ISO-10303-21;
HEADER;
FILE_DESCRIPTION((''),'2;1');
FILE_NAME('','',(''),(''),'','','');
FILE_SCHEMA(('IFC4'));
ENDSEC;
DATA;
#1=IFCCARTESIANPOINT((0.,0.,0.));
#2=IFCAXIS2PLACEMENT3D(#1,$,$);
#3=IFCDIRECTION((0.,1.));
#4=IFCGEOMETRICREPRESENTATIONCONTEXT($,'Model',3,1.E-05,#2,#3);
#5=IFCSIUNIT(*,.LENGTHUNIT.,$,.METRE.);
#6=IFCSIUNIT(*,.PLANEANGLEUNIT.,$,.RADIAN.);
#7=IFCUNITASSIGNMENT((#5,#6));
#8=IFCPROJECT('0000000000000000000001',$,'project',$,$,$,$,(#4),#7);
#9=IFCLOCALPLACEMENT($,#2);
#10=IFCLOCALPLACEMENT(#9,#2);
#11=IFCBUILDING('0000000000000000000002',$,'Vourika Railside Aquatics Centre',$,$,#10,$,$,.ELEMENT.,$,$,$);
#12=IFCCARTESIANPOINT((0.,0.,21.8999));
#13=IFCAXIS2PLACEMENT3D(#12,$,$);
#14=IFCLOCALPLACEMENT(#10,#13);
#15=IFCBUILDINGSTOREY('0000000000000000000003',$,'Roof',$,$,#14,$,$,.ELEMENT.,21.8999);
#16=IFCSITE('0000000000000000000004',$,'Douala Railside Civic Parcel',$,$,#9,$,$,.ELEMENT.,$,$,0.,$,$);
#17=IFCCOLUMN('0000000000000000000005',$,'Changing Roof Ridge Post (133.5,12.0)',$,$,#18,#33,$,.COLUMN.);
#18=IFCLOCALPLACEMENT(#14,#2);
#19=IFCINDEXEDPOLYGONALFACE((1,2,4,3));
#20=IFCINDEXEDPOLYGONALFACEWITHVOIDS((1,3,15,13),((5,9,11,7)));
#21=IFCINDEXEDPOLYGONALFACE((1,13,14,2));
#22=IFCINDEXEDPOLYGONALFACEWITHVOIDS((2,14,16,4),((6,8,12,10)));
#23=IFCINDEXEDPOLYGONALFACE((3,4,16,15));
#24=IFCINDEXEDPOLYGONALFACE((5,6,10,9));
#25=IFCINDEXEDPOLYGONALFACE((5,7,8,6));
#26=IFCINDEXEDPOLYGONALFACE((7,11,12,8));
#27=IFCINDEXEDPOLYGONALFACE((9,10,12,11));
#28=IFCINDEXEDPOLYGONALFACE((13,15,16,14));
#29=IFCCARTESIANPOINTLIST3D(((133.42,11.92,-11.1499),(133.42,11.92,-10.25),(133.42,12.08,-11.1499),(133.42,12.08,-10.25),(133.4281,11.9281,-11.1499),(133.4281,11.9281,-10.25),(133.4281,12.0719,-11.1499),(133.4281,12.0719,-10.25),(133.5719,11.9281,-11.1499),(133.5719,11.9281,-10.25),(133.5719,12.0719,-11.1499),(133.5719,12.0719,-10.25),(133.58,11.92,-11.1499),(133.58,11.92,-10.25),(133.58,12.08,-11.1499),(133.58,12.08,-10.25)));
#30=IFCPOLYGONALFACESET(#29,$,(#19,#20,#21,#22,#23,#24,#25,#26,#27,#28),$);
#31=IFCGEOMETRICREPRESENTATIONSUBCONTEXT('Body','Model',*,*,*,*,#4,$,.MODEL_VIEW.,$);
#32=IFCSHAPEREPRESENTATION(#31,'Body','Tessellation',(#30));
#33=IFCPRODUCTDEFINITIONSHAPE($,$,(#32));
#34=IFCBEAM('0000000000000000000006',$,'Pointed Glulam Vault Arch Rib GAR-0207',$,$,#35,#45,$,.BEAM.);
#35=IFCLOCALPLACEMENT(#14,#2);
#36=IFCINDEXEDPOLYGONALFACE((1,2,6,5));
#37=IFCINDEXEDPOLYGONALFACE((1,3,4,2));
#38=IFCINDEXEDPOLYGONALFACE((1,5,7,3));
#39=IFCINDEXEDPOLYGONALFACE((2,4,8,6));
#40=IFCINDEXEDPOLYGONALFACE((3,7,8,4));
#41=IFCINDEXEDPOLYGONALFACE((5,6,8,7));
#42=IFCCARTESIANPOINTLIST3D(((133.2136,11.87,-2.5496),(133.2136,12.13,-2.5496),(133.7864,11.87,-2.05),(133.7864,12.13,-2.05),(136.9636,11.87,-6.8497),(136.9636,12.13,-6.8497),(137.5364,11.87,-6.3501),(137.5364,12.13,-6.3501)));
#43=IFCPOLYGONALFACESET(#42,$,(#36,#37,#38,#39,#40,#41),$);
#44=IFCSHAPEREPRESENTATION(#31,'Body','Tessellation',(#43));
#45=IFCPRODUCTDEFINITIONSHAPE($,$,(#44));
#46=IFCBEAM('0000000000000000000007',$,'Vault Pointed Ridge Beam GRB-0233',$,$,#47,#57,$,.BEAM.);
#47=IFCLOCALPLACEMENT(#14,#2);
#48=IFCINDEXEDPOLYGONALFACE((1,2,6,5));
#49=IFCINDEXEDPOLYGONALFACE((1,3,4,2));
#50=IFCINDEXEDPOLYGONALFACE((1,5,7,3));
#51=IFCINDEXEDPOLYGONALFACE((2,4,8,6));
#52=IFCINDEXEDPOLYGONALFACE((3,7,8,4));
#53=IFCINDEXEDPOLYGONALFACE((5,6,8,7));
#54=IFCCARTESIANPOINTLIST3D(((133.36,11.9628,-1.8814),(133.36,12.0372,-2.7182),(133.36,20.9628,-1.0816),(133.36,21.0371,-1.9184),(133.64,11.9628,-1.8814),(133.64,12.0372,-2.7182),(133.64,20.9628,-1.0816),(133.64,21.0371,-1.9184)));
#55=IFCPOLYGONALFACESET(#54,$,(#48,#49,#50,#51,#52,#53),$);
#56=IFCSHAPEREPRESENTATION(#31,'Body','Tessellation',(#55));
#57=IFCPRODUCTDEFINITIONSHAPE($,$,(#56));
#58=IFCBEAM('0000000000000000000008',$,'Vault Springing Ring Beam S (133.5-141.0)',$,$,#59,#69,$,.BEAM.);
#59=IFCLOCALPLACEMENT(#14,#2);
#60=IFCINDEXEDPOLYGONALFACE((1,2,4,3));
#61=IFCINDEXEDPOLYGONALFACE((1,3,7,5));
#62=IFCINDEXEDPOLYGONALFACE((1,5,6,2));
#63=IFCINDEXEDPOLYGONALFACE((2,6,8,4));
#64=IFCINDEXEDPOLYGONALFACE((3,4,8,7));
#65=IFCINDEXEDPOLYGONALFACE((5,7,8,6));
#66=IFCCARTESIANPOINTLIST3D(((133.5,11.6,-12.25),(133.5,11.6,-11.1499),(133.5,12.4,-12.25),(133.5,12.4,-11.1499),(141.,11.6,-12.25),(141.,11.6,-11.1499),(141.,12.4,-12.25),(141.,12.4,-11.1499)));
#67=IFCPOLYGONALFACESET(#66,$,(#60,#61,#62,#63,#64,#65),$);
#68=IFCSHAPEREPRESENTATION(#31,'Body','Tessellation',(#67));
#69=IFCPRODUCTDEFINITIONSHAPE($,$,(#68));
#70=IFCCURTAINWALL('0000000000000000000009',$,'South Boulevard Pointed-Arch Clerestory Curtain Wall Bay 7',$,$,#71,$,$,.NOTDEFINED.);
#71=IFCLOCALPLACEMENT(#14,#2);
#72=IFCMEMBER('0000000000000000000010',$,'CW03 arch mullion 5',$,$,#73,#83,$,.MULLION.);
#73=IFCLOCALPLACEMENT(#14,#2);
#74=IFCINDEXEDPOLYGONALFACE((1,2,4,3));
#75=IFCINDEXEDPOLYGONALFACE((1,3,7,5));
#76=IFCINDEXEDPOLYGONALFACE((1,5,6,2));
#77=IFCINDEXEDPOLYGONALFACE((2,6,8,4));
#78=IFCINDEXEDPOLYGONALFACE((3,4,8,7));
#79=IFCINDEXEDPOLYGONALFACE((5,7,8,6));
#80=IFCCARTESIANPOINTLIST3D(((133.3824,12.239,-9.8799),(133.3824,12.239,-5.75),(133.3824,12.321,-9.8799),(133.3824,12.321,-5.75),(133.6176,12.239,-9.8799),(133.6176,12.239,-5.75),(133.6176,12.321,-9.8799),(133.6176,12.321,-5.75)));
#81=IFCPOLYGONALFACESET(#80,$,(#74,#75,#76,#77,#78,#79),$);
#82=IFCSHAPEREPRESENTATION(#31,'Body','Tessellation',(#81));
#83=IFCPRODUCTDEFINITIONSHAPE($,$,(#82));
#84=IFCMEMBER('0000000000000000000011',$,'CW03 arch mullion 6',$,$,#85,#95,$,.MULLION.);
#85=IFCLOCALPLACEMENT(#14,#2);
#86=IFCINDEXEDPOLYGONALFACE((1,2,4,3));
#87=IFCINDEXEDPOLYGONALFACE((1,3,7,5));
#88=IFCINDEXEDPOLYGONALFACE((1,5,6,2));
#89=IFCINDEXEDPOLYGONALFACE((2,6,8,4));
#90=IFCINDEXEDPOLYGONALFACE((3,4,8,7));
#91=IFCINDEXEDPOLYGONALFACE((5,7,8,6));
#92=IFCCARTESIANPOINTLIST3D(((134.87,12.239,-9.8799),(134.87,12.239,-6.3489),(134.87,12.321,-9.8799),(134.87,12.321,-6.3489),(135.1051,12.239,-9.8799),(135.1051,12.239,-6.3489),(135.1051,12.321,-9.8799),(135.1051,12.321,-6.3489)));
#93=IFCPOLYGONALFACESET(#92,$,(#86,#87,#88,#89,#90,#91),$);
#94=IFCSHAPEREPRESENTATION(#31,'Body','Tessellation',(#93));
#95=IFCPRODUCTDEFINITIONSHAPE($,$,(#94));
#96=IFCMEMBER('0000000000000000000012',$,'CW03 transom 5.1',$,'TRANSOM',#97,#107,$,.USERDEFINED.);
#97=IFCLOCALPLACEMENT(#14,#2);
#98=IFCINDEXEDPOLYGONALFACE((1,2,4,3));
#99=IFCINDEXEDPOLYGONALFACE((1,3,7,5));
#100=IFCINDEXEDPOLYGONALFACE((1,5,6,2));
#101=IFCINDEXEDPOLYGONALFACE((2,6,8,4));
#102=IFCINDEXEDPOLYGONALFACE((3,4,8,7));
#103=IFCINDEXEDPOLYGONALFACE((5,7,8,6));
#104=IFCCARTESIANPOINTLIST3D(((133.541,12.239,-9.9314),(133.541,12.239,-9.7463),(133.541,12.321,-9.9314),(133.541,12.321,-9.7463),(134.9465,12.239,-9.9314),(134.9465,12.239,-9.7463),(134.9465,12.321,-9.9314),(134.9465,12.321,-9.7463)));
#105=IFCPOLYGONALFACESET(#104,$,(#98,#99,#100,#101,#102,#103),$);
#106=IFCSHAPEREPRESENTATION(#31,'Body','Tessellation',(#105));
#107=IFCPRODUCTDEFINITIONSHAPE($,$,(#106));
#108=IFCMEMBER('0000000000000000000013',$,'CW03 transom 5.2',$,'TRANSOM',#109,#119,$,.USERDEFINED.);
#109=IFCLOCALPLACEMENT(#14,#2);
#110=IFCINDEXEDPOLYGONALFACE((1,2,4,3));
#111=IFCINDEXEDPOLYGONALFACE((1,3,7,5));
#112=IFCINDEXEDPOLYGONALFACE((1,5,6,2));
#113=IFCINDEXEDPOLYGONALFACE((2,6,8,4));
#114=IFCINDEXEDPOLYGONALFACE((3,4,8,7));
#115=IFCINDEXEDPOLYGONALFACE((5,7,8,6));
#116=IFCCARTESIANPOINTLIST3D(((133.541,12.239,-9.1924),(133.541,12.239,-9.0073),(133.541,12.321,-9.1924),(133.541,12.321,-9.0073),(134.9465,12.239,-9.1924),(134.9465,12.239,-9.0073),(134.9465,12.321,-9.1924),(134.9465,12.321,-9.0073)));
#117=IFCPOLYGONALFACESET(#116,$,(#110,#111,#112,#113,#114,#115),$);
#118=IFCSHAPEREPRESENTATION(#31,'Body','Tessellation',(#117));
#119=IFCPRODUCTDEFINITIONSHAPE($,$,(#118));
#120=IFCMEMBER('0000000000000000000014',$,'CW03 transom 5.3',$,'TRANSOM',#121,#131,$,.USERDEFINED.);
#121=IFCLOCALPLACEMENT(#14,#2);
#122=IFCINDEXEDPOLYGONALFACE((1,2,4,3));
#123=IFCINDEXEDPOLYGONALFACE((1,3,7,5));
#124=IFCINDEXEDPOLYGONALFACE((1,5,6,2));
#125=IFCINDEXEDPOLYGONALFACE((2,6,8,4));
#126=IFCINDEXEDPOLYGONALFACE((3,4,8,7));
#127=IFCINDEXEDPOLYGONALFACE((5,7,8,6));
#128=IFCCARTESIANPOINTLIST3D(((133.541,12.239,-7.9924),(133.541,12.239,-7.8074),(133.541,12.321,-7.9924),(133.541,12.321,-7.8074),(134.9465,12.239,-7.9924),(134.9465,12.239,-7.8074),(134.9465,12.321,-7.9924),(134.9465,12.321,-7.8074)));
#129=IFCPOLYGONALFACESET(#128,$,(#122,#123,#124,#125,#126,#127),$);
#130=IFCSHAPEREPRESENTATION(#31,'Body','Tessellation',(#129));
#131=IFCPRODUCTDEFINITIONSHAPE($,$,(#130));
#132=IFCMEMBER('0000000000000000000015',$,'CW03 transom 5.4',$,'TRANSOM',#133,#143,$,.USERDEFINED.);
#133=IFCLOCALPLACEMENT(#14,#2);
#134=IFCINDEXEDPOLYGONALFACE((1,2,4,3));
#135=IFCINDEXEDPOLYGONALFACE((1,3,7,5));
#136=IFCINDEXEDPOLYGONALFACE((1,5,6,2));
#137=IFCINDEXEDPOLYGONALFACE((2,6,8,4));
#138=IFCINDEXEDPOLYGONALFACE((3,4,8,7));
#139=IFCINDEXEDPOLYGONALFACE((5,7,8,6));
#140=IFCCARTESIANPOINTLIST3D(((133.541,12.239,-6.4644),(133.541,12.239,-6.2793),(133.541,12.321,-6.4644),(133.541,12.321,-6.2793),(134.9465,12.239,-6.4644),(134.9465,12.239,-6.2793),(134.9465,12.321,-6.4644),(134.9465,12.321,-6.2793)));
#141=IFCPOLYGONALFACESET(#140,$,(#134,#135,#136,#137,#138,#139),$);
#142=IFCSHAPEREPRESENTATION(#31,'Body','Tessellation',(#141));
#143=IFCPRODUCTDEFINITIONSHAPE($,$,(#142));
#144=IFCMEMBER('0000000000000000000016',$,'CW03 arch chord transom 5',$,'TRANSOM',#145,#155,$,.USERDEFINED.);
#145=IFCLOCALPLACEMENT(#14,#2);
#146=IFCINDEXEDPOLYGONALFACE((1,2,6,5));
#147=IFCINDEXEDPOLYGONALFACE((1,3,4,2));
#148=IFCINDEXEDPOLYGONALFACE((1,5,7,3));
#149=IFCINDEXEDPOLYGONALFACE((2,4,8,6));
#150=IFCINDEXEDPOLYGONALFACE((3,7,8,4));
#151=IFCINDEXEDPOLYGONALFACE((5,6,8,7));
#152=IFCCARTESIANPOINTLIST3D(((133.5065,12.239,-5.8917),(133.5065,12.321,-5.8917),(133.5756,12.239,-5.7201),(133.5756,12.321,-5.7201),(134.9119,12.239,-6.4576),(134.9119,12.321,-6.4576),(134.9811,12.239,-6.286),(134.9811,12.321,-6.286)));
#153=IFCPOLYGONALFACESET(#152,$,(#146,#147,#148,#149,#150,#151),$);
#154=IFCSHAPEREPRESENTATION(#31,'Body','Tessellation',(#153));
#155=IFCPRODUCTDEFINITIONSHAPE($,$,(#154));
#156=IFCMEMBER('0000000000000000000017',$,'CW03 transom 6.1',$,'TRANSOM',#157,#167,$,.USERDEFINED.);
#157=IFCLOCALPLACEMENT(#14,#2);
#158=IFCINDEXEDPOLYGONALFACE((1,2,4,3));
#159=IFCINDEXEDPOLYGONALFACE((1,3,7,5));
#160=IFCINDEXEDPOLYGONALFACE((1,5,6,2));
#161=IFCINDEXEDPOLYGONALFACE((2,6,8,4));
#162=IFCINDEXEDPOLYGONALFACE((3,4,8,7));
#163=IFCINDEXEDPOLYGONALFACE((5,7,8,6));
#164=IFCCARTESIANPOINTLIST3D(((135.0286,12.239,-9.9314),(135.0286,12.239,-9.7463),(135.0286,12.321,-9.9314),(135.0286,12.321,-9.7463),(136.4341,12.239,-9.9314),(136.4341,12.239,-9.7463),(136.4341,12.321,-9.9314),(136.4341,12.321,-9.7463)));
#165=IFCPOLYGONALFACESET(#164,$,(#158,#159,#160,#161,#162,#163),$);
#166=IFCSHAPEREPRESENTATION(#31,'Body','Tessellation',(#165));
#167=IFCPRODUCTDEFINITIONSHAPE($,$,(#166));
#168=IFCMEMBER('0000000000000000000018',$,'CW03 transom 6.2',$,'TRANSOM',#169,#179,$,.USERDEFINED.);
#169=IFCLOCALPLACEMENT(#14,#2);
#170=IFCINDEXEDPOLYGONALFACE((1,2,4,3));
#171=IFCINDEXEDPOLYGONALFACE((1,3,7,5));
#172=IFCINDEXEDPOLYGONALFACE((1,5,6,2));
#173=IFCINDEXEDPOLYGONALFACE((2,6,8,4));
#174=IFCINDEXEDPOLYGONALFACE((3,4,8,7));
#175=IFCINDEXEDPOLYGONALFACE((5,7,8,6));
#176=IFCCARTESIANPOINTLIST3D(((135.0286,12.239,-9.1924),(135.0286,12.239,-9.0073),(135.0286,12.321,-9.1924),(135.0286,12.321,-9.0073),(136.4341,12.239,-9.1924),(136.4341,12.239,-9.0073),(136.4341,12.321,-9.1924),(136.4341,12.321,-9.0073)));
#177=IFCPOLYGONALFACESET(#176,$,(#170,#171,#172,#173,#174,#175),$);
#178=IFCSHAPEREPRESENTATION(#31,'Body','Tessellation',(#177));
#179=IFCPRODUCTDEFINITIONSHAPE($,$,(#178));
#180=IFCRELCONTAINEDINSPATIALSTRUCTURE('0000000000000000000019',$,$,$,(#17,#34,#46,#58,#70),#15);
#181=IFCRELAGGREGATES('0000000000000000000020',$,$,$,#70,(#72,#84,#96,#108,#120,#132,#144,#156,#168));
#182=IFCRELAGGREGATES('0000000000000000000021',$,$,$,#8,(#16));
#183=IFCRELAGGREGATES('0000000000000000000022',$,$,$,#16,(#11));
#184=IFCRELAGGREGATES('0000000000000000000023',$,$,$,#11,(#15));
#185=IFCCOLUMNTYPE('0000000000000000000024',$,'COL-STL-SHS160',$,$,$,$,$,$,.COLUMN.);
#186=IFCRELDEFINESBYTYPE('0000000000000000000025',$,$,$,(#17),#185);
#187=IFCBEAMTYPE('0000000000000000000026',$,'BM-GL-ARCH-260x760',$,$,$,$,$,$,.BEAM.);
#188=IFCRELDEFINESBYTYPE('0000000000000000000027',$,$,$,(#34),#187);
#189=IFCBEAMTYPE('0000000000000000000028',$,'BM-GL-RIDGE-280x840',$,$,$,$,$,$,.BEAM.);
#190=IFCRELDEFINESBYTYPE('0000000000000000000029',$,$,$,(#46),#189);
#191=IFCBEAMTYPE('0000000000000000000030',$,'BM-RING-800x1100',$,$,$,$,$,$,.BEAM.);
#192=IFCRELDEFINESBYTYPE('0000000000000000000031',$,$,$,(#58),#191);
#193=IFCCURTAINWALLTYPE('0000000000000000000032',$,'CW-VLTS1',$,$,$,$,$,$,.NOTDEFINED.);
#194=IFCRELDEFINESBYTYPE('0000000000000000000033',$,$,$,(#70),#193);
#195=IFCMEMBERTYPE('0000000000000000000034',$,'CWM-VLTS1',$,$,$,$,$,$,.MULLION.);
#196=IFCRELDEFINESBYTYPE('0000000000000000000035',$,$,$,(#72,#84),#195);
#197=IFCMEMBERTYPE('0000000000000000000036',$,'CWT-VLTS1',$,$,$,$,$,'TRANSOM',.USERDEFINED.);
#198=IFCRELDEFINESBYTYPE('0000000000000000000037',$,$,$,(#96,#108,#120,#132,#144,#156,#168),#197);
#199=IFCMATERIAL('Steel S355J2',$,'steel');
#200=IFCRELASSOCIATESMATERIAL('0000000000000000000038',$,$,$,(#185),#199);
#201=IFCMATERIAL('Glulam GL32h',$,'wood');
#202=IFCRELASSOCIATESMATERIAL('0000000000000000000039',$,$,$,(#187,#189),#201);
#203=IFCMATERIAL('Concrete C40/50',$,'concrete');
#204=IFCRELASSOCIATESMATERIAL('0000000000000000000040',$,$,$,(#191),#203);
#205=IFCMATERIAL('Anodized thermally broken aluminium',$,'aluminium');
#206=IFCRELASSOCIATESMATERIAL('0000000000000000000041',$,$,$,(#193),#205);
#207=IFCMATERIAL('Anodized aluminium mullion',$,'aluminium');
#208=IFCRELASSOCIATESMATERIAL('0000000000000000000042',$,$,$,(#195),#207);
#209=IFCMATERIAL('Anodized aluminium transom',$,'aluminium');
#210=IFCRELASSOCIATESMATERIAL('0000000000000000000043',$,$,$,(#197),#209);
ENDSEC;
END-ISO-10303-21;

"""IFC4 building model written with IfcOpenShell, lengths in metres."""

from ifc_helpers import new_model, si_unit, direction, frame, origin, origin_2d, place, context, subcontext, project, spatial, rectangle, hollow_rectangle, extrude, material, material_profile, profile_set, type_object, element, aggregate, save


model = new_model("IFC4")

# Units and contexts
model_context = context("Model", 3, precision=1e-05, world=origin(), true_north=direction((0.0, 1.0)))
body_context = subcontext(model_context, "Body", "Model", "MODEL_VIEW")
ifc_project = project(units=[si_unit("LENGTHUNIT", "METRE"), si_unit("PLANEANGLEUNIT", "RADIAN")], contexts=[model_context])

# Site, building, storey
site_placement = place(None, origin())
site = spatial("IfcSite", under=ifc_project, at=site_placement, Name="Douala Railside Civic Parcel", CompositionType="ELEMENT", RefElevation=0.0)
building_placement = place(site_placement, origin())
building = spatial("IfcBuilding", under=site, at=building_placement, Name="Vourika Railside Aquatics Centre", CompositionType="ELEMENT")
storey_placement = place(building_placement, frame((0.0, 0.0, 21.8999)))
storey = spatial("IfcBuildingStorey", under=building, at=storey_placement, Name="Roof", CompositionType="ELEMENT", Elevation=21.8999)

# Column
ifc_material_1 = material(Name="Steel S355J2", Category="steel")
ifc_material_profile_1 = material_profile(ifc_material_1, hollow_rectangle(XDim=0.1599, YDim=0.1599, WallThickness=0.0081, at=origin_2d()), Name="SHS 160x160x8")
ifc_profile_set_1 = profile_set([ifc_material_profile_1], Name="Steel S355J2")
column_type = type_object("IfcColumnType", Name="COL-STL-SHS160", PredefinedType="COLUMN", material=ifc_profile_set_1)
column_placement = place(storey_placement, frame((133.5, 12.0, -11.1499), z_axis=(0.0, 0.0, 1.0), x_axis=(1.0, 0.0, 0.0)))
element("IfcColumn", 1, at=column_placement, inside=storey, type_object=column_type, Name="Changing Roof Ridge Post (133.5,12.0)", PredefinedType="COLUMN", context=body_context, shape_type="SweptSolid", body=[
    extrude(hollow_rectangle(XDim=0.1599, YDim=0.1599, WallThickness=0.0081, at=origin_2d()), origin(), (0.0, 0.0, 1.0), 0.8999),
])

# Beams
ifc_material_2 = material(Name="Glulam GL32h", Category="wood")
ifc_material_profile_2 = material_profile(ifc_material_2, rectangle(XDim=0.26, YDim=0.76, at=origin_2d()), Name="GL32h 260x760")
ifc_profile_set_2 = profile_set([ifc_material_profile_2], Name="Glulam GL32h")
beam_type_1 = type_object("IfcBeamType", Name="BM-GL-ARCH-260x760", PredefinedType="BEAM", material=ifc_profile_set_2)
beam_1_placement = place(storey_placement, frame((133.5, 12.0, -2.2998), z_axis=(0.657259, 0.0, -0.753665), x_axis=(0.0, 1.0, 0.0)))
element("IfcBeam", 2, at=beam_1_placement, inside=storey, type_object=beam_type_1, Name="Pointed Glulam Vault Arch Rib GAR-0207", PredefinedType="BEAM", context=body_context, shape_type="SweptSolid", body=[
    extrude(rectangle(XDim=0.26, YDim=0.76, at=origin_2d()), origin(), (0.0, 0.0, 1.0), 5.7056),
])
ifc_material_profile_3 = material_profile(ifc_material_2, rectangle(XDim=0.28, YDim=0.8401, at=origin_2d()), Name="GL32h 280x840")
ifc_profile_set_3 = profile_set([ifc_material_profile_3], Name="Glulam GL32h")
beam_type_2 = type_object("IfcBeamType", Name="BM-GL-RIDGE-280x840", PredefinedType="BEAM", material=ifc_profile_set_3)
beam_2_placement = place(storey_placement, frame((133.5, 12.0, -2.2998), z_axis=(0.0, 0.996075, 0.088518), x_axis=(-1.0, 0.0, 0.0)))
element("IfcBeam", 3, at=beam_2_placement, inside=storey, type_object=beam_type_2, Name="Vault Pointed Ridge Beam GRB-0233", PredefinedType="BEAM", context=body_context, shape_type="SweptSolid", body=[
    extrude(rectangle(XDim=0.28, YDim=0.8401, at=origin_2d()), origin(), (0.0, 0.0, 1.0), 9.0354),
])
ifc_material_3 = material(Name="Concrete C40/50", Category="concrete")
ifc_material_profile_4 = material_profile(ifc_material_3, rectangle(XDim=0.8, YDim=1.1001, at=origin_2d()), Name="RC 800x1100")
ifc_profile_set_4 = profile_set([ifc_material_profile_4], Name="Concrete C40/50")
beam_type_3 = type_object("IfcBeamType", Name="BM-RING-800x1100", PredefinedType="BEAM", material=ifc_profile_set_4)
beam_3_placement = place(storey_placement, frame((133.5, 12.0, -11.7), z_axis=(1.0, 0.0, 0.0), x_axis=(0.0, 1.0, 0.0)))
element("IfcBeam", 4, at=beam_3_placement, inside=storey, type_object=beam_type_3, Name="Vault Springing Ring Beam S (133.5-141.0)", PredefinedType="BEAM", context=body_context, shape_type="SweptSolid", body=[
    extrude(rectangle(XDim=0.8, YDim=1.1001, at=origin_2d()), origin(), (0.0, 0.0, 1.0), 7.5),
])

# Curtain wall, members
ifc_material_4 = material(Name="Anodized thermally broken aluminium", Category="aluminium")
curtain_wall_type = type_object("IfcCurtainWallType", Name="CW-VLTS1", PredefinedType="NOTDEFINED", material=ifc_material_4)
curtain_wall_placement = place(storey_placement, origin())
curtain_wall = element("IfcCurtainWall", 5, at=curtain_wall_placement, inside=storey, type_object=curtain_wall_type, Name="South Boulevard Pointed-Arch Clerestory Curtain Wall Bay 7", PredefinedType="NOTDEFINED")
ifc_material_5 = material(Name="Anodized aluminium mullion", Category="aluminium")
ifc_material_profile_5 = material_profile(ifc_material_5, rectangle(XDim=0.082, YDim=0.2351, at=origin_2d()), Name="ALU-M 82x235")
ifc_profile_set_5 = profile_set([ifc_material_profile_5], Name="Anodized aluminium mullion")
member_type_1 = type_object("IfcMemberType", Name="CWM-VLTS1", PredefinedType="MULLION", material=ifc_profile_set_5)
member_1_placement = place(storey_placement, frame((133.5, 12.28, -9.8799), z_axis=(0.0, 0.0, 1.0), x_axis=(0.0, 1.0, 0.0)))
member_1 = element("IfcMember", 6, at=member_1_placement, type_object=member_type_1, Name="CW03 arch mullion 5", PredefinedType="MULLION", context=body_context, shape_type="SweptSolid", body=[
    extrude(rectangle(XDim=0.082, YDim=0.2351, at=origin_2d()), origin(), (0.0, 0.0, 1.0), 4.1299),
])
member_2_placement = place(storey_placement, frame((134.9875, 12.28, -9.8799), z_axis=(0.0, 0.0, 1.0), x_axis=(0.0, 1.0, 0.0)))
member_2 = element("IfcMember", 7, at=member_2_placement, type_object=member_type_1, Name="CW03 arch mullion 6", PredefinedType="MULLION", context=body_context, shape_type="SweptSolid", body=[
    extrude(rectangle(XDim=0.082, YDim=0.2351, at=origin_2d()), origin(), (0.0, 0.0, 1.0), 3.531),
])
ifc_material_6 = material(Name="Anodized aluminium transom", Category="aluminium")
ifc_material_profile_6 = material_profile(ifc_material_6, rectangle(XDim=0.082, YDim=0.1851, at=origin_2d()), Name="ALU-T 82x185")
ifc_profile_set_6 = profile_set([ifc_material_profile_6], Name="Anodized aluminium transom")
member_type_2 = type_object("IfcMemberType", Name="CWT-VLTS1", ElementType="TRANSOM", PredefinedType="USERDEFINED", material=ifc_profile_set_6)
member_3_placement = place(storey_placement, frame((133.541, 12.28, -9.8389), z_axis=(1.0, 0.0, 0.0), x_axis=(0.0, 1.0, 0.0)))
member_3 = element("IfcMember", 8, at=member_3_placement, type_object=member_type_2, Name="CW03 transom 5.1", ObjectType="TRANSOM", PredefinedType="USERDEFINED", context=body_context, shape_type="SweptSolid", body=[
    extrude(rectangle(XDim=0.082, YDim=0.1851, at=origin_2d()), origin(), (0.0, 0.0, 1.0), 1.4055),
])
member_4_placement = place(storey_placement, frame((133.541, 12.28, -9.0999), z_axis=(1.0, 0.0, 0.0), x_axis=(0.0, 1.0, 0.0)))
member_4 = element("IfcMember", 9, at=member_4_placement, type_object=member_type_2, Name="CW03 transom 5.2", ObjectType="TRANSOM", PredefinedType="USERDEFINED", context=body_context, shape_type="SweptSolid", body=[
    extrude(rectangle(XDim=0.082, YDim=0.1851, at=origin_2d()), origin(), (0.0, 0.0, 1.0), 1.4055),
])
member_5_placement = place(storey_placement, frame((133.541, 12.28, -7.8999), z_axis=(1.0, 0.0, 0.0), x_axis=(0.0, 1.0, 0.0)))
member_5 = element("IfcMember", 10, at=member_5_placement, type_object=member_type_2, Name="CW03 transom 5.3", ObjectType="TRANSOM", PredefinedType="USERDEFINED", context=body_context, shape_type="SweptSolid", body=[
    extrude(rectangle(XDim=0.082, YDim=0.1851, at=origin_2d()), origin(), (0.0, 0.0, 1.0), 1.4055),
])
member_6_placement = place(storey_placement, frame((133.541, 12.28, -6.3718), z_axis=(1.0, 0.0, 0.0), x_axis=(0.0, 1.0, 0.0)))
member_6 = element("IfcMember", 11, at=member_6_placement, type_object=member_type_2, Name="CW03 transom 5.4", ObjectType="TRANSOM", PredefinedType="USERDEFINED", context=body_context, shape_type="SweptSolid", body=[
    extrude(rectangle(XDim=0.082, YDim=0.1851, at=origin_2d()), origin(), (0.0, 0.0, 1.0), 1.4055),
])
member_7_placement = place(storey_placement, frame((133.541, 12.28, -5.8059), z_axis=(0.92763, 0.0, -0.373501), x_axis=(0.0, 1.0, 0.0)))
member_7 = element("IfcMember", 12, at=member_7_placement, type_object=member_type_2, Name="CW03 arch chord transom 5", ObjectType="TRANSOM", PredefinedType="USERDEFINED", context=body_context, shape_type="SweptSolid", body=[
    extrude(rectangle(XDim=0.082, YDim=0.1851, at=origin_2d()), origin(), (0.0, 0.0, 1.0), 1.5151),
])
member_8_placement = place(storey_placement, frame((135.0286, 12.28, -9.8389), z_axis=(1.0, 0.0, 0.0), x_axis=(0.0, 1.0, 0.0)))
member_8 = element("IfcMember", 13, at=member_8_placement, type_object=member_type_2, Name="CW03 transom 6.1", ObjectType="TRANSOM", PredefinedType="USERDEFINED", context=body_context, shape_type="SweptSolid", body=[
    extrude(rectangle(XDim=0.082, YDim=0.1851, at=origin_2d()), origin(), (0.0, 0.0, 1.0), 1.4055),
])
member_9_placement = place(storey_placement, frame((135.0286, 12.28, -9.0999), z_axis=(1.0, 0.0, 0.0), x_axis=(0.0, 1.0, 0.0)))
member_9 = element("IfcMember", 14, at=member_9_placement, type_object=member_type_2, Name="CW03 transom 6.2", ObjectType="TRANSOM", PredefinedType="USERDEFINED", context=body_context, shape_type="SweptSolid", body=[
    extrude(rectangle(XDim=0.082, YDim=0.1851, at=origin_2d()), origin(), (0.0, 0.0, 1.0), 1.4055),
])

aggregate(curtain_wall, [member_1, member_2, member_3, member_4, member_5, member_6, member_7, member_8, member_9])

save(model, "model.ifc")
